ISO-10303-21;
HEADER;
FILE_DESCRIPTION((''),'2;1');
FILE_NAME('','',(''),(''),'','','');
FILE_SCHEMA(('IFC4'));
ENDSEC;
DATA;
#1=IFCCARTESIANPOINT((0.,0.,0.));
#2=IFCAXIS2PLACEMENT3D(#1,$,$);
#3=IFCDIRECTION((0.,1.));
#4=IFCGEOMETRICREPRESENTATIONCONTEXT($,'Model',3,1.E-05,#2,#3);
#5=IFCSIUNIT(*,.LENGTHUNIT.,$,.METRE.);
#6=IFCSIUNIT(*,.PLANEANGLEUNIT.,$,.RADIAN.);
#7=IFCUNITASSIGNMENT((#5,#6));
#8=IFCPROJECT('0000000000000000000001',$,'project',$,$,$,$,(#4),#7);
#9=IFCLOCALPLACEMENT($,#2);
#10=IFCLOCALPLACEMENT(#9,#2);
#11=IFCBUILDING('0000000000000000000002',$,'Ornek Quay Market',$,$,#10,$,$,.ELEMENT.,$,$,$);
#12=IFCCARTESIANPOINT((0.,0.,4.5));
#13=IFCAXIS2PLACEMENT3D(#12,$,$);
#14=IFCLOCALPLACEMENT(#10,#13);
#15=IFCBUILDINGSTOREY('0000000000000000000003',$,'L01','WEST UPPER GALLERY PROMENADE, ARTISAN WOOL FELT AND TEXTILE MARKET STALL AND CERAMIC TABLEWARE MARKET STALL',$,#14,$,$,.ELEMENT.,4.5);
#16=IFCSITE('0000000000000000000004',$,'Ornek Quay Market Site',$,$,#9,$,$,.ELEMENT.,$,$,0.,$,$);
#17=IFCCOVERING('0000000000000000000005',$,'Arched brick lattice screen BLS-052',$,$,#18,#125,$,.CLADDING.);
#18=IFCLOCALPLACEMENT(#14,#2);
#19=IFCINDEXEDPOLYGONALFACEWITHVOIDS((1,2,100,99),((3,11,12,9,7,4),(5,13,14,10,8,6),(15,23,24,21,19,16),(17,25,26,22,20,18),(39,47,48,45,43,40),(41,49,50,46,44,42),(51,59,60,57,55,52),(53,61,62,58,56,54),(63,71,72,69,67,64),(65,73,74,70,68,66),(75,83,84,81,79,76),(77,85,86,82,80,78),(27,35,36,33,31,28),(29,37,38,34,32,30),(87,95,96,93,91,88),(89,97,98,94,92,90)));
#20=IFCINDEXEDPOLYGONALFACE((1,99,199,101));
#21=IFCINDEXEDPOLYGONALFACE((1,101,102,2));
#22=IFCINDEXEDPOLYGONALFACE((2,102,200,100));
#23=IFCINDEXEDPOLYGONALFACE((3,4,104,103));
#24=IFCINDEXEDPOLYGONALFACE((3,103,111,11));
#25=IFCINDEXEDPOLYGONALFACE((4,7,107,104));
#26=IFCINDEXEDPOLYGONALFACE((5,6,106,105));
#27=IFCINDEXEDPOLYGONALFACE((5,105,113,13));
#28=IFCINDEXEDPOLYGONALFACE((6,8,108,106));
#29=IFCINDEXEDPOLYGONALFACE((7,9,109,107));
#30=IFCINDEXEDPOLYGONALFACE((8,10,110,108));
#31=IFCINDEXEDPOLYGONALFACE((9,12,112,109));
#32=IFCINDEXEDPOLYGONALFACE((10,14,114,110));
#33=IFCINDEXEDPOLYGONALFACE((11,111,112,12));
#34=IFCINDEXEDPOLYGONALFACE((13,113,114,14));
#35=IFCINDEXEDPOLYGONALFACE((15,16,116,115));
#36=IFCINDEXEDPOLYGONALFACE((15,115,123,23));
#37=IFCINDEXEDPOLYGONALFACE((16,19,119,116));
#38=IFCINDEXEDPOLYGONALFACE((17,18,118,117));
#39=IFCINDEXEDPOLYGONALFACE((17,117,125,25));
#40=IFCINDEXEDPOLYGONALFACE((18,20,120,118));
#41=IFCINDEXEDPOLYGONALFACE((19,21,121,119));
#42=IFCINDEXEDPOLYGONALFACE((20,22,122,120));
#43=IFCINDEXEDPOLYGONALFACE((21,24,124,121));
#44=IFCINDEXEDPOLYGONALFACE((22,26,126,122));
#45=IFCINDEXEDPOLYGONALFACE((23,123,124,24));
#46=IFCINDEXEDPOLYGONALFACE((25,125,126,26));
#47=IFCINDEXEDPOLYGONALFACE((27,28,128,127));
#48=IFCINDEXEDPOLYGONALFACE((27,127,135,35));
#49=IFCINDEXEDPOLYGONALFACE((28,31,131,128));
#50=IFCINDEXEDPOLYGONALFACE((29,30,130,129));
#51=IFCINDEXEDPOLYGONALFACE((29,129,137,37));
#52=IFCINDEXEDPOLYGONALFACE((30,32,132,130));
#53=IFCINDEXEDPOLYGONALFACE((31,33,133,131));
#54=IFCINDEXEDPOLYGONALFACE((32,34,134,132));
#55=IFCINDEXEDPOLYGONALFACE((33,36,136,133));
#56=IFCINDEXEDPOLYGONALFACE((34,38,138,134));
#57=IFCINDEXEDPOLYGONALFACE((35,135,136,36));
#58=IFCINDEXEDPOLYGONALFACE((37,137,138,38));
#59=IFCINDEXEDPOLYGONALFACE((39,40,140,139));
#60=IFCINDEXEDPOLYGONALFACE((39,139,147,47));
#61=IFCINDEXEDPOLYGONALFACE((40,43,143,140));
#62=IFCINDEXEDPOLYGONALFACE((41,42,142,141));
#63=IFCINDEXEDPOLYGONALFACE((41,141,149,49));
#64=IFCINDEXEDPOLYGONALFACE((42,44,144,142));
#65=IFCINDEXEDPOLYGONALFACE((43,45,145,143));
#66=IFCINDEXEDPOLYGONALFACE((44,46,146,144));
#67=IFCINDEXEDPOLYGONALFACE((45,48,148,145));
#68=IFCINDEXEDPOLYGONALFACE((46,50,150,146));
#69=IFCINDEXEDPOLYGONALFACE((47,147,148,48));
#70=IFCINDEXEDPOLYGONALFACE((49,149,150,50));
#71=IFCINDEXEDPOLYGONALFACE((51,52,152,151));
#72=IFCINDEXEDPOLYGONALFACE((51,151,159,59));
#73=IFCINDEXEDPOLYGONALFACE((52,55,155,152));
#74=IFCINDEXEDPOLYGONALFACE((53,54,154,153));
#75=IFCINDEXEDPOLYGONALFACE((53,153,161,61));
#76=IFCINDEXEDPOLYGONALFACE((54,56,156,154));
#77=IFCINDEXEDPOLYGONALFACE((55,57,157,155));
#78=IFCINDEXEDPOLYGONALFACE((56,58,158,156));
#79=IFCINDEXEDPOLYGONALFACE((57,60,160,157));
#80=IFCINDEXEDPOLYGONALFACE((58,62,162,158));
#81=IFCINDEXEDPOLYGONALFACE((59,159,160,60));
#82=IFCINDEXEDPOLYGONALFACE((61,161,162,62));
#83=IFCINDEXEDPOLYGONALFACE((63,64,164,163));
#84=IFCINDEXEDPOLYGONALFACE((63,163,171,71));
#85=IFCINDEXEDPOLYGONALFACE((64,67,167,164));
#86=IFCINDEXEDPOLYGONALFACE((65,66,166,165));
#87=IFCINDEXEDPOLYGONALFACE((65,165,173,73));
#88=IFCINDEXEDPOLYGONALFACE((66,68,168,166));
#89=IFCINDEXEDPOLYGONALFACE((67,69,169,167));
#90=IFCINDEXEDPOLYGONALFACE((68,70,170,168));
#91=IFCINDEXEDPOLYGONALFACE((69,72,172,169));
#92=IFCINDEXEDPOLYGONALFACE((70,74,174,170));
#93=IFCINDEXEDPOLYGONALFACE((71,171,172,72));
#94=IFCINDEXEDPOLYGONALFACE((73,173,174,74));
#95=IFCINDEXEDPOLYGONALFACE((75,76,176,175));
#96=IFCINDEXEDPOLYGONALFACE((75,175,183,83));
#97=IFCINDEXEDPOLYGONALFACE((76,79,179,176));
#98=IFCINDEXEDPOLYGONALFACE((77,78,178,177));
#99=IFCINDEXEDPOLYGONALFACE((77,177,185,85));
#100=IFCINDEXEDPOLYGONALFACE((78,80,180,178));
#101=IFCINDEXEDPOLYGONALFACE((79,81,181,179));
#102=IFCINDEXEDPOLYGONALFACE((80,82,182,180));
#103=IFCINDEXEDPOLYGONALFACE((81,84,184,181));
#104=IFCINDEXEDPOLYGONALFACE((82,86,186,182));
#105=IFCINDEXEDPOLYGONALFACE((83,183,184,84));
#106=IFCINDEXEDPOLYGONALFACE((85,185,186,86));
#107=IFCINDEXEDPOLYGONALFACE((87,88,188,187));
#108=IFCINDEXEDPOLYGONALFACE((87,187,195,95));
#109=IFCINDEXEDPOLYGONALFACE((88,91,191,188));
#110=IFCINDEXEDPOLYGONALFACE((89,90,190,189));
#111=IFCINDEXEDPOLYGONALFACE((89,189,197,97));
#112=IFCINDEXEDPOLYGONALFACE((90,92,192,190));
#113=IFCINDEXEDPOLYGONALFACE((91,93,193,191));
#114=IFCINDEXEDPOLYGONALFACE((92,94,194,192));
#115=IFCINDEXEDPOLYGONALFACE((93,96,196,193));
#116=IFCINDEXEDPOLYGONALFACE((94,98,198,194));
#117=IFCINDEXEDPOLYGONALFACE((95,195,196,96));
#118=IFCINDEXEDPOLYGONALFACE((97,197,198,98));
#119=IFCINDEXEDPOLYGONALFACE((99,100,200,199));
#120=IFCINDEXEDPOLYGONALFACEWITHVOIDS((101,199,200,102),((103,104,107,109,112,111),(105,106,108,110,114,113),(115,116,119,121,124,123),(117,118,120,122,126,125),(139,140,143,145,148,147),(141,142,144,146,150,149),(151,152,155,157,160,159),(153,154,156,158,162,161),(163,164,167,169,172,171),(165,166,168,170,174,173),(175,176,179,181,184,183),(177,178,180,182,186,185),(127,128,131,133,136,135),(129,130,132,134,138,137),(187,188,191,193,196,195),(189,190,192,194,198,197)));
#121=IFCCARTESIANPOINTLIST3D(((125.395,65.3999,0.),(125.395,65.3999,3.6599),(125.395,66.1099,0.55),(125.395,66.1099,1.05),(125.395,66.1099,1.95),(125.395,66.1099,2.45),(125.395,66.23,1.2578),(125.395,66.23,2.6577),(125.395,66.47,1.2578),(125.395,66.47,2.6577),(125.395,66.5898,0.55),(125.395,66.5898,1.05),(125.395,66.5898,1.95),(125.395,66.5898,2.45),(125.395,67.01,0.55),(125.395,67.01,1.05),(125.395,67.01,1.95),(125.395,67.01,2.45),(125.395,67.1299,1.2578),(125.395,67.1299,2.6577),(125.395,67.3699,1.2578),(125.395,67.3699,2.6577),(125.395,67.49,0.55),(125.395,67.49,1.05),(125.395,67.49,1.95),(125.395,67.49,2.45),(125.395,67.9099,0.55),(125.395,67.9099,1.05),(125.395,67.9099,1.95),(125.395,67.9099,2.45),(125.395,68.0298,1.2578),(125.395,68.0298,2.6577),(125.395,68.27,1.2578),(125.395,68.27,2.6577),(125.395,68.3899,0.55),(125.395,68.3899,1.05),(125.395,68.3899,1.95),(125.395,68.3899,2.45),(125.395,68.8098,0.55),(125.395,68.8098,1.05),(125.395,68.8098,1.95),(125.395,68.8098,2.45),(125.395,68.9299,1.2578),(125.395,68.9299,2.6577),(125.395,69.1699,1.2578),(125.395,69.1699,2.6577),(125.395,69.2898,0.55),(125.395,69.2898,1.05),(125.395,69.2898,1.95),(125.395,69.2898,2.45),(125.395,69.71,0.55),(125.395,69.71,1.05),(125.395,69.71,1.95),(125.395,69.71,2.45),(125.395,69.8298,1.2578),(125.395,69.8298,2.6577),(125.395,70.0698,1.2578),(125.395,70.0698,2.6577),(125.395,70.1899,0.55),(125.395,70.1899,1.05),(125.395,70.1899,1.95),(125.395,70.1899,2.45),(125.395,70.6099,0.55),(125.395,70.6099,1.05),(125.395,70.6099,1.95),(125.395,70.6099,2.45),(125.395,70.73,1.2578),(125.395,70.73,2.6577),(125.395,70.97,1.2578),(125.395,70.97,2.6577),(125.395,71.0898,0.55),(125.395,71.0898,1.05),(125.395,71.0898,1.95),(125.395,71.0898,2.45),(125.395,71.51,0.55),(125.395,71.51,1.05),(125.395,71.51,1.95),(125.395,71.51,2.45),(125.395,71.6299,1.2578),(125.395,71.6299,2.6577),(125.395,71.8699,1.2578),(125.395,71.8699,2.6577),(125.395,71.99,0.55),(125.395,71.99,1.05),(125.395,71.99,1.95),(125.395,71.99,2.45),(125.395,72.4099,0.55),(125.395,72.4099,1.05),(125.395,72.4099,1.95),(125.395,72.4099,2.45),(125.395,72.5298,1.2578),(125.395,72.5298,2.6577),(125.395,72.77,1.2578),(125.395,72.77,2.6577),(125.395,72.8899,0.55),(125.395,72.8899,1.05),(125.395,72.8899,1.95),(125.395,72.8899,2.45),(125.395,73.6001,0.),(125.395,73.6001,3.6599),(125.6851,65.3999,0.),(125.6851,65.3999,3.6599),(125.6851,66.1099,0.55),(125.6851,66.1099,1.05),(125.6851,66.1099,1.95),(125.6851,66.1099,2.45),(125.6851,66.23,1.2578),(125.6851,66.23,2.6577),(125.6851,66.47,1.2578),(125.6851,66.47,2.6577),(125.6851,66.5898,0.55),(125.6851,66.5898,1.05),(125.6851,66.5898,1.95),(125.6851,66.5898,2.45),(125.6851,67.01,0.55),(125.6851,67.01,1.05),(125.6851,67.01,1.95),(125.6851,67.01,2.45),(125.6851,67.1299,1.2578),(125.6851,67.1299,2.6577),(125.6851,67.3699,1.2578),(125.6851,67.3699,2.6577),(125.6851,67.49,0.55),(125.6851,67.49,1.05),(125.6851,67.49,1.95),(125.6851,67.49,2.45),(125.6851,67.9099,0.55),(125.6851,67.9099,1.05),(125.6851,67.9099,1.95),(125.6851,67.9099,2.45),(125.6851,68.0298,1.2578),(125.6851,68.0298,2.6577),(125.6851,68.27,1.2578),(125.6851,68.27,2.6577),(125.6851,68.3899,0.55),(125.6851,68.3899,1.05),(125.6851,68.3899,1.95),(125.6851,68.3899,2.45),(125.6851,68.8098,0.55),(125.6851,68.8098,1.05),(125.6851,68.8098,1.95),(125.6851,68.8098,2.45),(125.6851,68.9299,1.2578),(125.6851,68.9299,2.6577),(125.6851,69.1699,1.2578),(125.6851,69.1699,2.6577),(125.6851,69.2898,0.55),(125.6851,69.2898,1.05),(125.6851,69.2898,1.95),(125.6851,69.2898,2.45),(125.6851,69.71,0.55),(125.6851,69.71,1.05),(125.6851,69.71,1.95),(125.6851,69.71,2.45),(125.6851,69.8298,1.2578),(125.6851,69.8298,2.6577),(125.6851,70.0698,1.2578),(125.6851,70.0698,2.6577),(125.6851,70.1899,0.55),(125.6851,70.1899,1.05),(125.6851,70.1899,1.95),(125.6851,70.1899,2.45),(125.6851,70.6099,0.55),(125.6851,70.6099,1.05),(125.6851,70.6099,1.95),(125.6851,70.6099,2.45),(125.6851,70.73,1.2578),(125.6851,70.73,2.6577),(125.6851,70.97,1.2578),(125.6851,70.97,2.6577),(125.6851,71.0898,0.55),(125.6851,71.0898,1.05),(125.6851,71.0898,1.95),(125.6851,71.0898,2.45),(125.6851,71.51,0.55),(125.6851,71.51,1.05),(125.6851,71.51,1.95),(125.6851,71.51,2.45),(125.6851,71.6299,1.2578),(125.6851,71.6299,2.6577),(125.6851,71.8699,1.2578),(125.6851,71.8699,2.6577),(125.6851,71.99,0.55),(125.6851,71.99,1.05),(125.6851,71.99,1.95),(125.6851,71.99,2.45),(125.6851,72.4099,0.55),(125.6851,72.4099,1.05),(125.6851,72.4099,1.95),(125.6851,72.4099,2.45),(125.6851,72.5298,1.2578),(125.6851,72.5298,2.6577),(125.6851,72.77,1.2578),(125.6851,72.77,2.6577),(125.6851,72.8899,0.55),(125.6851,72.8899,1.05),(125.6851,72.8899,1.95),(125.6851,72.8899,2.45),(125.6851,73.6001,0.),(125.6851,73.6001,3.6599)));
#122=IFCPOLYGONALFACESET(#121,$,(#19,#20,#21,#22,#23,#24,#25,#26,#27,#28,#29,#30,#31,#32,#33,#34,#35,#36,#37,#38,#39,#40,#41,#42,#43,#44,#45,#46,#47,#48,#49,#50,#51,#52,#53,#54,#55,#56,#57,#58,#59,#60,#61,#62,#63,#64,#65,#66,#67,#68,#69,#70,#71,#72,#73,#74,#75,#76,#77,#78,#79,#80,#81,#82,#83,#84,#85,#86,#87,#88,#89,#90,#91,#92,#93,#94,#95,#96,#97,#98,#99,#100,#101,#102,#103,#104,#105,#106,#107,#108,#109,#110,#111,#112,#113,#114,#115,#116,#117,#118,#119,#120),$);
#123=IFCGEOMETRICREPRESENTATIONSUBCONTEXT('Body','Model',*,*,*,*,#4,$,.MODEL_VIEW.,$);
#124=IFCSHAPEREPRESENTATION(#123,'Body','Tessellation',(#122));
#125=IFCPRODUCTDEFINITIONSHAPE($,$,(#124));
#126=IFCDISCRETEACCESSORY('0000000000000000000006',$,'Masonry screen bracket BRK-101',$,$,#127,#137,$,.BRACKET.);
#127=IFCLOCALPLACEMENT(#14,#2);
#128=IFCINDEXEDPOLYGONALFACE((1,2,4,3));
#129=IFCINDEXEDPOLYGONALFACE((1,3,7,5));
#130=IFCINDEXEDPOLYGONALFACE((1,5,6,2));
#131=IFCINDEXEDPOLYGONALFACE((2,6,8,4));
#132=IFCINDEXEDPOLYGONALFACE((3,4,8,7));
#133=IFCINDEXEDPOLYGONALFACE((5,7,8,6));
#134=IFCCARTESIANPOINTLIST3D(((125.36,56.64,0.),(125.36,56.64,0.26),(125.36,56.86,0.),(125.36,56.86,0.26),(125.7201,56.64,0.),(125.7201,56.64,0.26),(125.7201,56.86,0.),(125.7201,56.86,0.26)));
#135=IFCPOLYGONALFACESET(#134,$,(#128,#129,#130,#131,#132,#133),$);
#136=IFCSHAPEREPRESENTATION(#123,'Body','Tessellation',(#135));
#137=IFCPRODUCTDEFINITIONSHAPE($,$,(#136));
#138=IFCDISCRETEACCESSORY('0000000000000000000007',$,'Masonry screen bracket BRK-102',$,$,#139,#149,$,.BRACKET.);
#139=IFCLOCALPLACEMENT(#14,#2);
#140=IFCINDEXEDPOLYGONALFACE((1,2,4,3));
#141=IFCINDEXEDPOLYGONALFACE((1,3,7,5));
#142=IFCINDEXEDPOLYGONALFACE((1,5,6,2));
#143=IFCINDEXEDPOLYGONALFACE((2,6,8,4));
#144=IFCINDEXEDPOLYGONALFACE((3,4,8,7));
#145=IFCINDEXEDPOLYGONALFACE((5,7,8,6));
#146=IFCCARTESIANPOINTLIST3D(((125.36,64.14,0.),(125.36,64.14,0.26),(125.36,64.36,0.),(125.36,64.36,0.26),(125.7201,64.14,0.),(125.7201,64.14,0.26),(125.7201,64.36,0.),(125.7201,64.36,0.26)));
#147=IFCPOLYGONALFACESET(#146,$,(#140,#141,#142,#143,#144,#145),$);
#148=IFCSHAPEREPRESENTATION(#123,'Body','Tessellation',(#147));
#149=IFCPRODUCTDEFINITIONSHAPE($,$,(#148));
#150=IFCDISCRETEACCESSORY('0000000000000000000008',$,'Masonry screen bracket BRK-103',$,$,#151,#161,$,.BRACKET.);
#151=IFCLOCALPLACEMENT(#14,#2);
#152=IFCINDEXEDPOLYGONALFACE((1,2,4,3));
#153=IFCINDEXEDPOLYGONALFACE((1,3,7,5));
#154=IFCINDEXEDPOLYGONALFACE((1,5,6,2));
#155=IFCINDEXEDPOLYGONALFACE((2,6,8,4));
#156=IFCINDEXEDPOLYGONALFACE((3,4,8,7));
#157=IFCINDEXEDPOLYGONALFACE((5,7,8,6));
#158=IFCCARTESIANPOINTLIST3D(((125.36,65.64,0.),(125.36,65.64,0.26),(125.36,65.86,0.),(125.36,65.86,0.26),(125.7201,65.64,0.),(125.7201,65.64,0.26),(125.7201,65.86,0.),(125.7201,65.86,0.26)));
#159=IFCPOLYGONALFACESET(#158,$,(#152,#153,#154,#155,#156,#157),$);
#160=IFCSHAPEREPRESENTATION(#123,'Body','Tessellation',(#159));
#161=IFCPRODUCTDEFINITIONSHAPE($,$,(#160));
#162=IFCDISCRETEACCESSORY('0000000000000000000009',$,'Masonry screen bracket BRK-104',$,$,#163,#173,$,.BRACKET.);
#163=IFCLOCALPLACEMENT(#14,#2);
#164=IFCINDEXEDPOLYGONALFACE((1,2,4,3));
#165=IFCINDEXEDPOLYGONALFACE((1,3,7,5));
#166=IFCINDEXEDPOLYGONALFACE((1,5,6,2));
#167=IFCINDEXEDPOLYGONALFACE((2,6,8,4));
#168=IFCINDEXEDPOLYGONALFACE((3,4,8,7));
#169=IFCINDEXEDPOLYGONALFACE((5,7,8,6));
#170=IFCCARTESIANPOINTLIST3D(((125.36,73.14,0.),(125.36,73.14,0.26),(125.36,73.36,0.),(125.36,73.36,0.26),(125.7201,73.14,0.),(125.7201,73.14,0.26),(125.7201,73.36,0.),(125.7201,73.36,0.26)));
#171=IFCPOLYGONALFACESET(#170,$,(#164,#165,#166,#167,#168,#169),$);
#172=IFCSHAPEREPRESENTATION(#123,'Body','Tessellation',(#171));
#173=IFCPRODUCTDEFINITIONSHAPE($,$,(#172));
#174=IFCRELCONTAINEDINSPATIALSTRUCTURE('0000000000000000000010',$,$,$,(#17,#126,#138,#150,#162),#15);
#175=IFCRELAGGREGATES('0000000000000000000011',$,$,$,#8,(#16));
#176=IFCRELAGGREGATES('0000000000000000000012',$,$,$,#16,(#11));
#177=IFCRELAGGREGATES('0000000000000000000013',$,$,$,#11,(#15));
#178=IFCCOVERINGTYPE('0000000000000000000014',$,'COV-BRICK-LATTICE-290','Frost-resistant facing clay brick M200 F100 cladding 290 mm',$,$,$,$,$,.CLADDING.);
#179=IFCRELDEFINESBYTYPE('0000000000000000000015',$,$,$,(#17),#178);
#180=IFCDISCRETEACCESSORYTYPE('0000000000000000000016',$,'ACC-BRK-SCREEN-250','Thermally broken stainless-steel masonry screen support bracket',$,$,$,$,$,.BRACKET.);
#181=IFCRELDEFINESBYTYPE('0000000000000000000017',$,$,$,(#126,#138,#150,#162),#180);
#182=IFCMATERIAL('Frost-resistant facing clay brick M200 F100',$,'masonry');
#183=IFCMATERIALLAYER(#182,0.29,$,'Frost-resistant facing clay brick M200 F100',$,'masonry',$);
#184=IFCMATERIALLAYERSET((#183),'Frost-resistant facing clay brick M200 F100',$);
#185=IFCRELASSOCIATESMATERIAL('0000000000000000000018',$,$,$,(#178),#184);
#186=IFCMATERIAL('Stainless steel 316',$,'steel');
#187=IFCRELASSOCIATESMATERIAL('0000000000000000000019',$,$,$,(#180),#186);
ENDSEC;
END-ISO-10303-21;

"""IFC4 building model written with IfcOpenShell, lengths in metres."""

from ifc_helpers import new_model, si_unit, direction, frame, origin, origin_2d, place, context, subcontext, project, spatial, polyline, rectangle, outline, extrude, material, layer, layer_set, type_object, element, save


model = new_model("IFC4")

# Units and contexts
model_context = context("Model", 3, precision=1e-05, world=origin(), true_north=direction((0.0, 1.0)))
body_context = subcontext(model_context, "Body", "Model", "MODEL_VIEW")
ifc_project = project(units=[si_unit("LENGTHUNIT", "METRE"), si_unit("PLANEANGLEUNIT", "RADIAN")], contexts=[model_context])

# Site, building, storey
site_placement = place(None, origin())
site = spatial("IfcSite", under=ifc_project, at=site_placement, Name="Ornek Quay Market Site", CompositionType="ELEMENT", RefElevation=0.0)
building_placement = place(site_placement, origin())
building = spatial("IfcBuilding", under=site, at=building_placement, Name="Ornek Quay Market", CompositionType="ELEMENT")
storey_placement = place(building_placement, frame((0.0, 0.0, 4.5)))
storey = spatial("IfcBuildingStorey", under=building, at=storey_placement, Name="L01", Description="WEST UPPER GALLERY PROMENADE, ARTISAN WOOL FELT AND TEXTILE MARKET STALL AND CERAMIC TABLEWARE MARKET STALL", CompositionType="ELEMENT", Elevation=4.5)

# Shared definitions
ifc_material_1 = material(Name="Frost-resistant facing clay brick M200 F100", Category="masonry")

# Covering
ifc_layer_1 = layer(ifc_material_1, 0.29, Name="Frost-resistant facing clay brick M200 F100", Category="masonry")
ifc_layer_set_1 = layer_set([ifc_layer_1], Name="Frost-resistant facing clay brick M200 F100")
covering_type = type_object("IfcCoveringType", Name="COV-BRICK-LATTICE-290", Description="Frost-resistant facing clay brick M200 F100 cladding 290 mm", PredefinedType="CLADDING", material=ifc_layer_set_1)
covering_1_placement = place(storey_placement, frame((125.54, 65.3999, 0.0), z_axis=(0.0, 0.0, 1.0), x_axis=(0.0, 1.0, 0.0)))
element("IfcCovering", 1, at=covering_1_placement, inside=storey, type_object=covering_type, Name="Arched brick lattice screen BLS-052", PredefinedType="CLADDING", context=body_context, shape_type="SweptSolid", body=[
    extrude(outline(polyline([(0.0, 0.0), (8.2002, 0.0), (8.2002, 3.6599), (0.0, 3.6599), (0.0, 0.0)]), holes=[polyline([(0.71, 0.55), (1.1899, 0.55), (1.1899, 1.05), (1.0701, 1.2578), (0.8301, 1.2578), (0.71, 1.05), (0.71, 0.55)]), polyline([(0.71, 1.95), (1.1899, 1.95), (1.1899, 2.45), (1.0701, 2.6577), (0.8301, 2.6577), (0.71, 2.45), (0.71, 1.95)]), polyline([(1.6101, 0.55), (2.0901, 0.55), (2.0901, 1.05), (1.97, 1.2578), (1.73, 1.2578), (1.6101, 1.05), (1.6101, 0.55)]), polyline([(1.6101, 1.95), (2.0901, 1.95), (2.0901, 2.45), (1.97, 2.6577), (1.73, 2.6577), (1.6101, 2.45), (1.6101, 1.95)]), polyline([(2.51, 0.55), (2.99, 0.55), (2.99, 1.05), (2.8701, 1.2578), (2.6299, 1.2578), (2.51, 1.05), (2.51, 0.55)]), polyline([(2.51, 1.95), (2.99, 1.95), (2.99, 2.45), (2.8701, 2.6577), (2.6299, 2.6577), (2.51, 2.45), (2.51, 1.95)]), polyline([(3.4099, 0.55), (3.8899, 0.55), (3.8899, 1.05), (3.77, 1.2578), (3.53, 1.2578), (3.4099, 1.05), (3.4099, 0.55)]), polyline([(3.4099, 1.95), (3.8899, 1.95), (3.8899, 2.45), (3.77, 2.6577), (3.53, 2.6577), (3.4099, 2.45), (3.4099, 1.95)]), polyline([(4.3101, 0.55), (4.79, 0.55), (4.79, 1.05), (4.6699, 1.2578), (4.4299, 1.2578), (4.3101, 1.05), (4.3101, 0.55)]), polyline([(4.3101, 1.95), (4.79, 1.95), (4.79, 2.45), (4.6699, 2.6577), (4.4299, 2.6577), (4.3101, 2.45), (4.3101, 1.95)]), polyline([(5.21, 0.55), (5.6899, 0.55), (5.6899, 1.05), (5.5701, 1.2578), (5.3301, 1.2578), (5.21, 1.05), (5.21, 0.55)]), polyline([(5.21, 1.95), (5.6899, 1.95), (5.6899, 2.45), (5.5701, 2.6577), (5.3301, 2.6577), (5.21, 2.45), (5.21, 1.95)]), polyline([(6.1101, 0.55), (6.5901, 0.55), (6.5901, 1.05), (6.47, 1.2578), (6.23, 1.2578), (6.1101, 1.05), (6.1101, 0.55)]), polyline([(6.1101, 1.95), (6.5901, 1.95), (6.5901, 2.45), (6.47, 2.6577), (6.23, 2.6577), (6.1101, 2.45), (6.1101, 1.95)]), polyline([(7.01, 0.55), (7.49, 0.55), (7.49, 1.05), (7.3701, 1.2578), (7.1299, 1.2578), (7.01, 1.05), (7.01, 0.55)]), polyline([(7.01, 1.95), (7.49, 1.95), (7.49, 2.45), (7.3701, 2.6577), (7.1299, 2.6577), (7.01, 2.45), (7.01, 1.95)])]), frame((0.0, 0.145, 0.0), z_axis=(0.0, -1.0, 0.0), x_axis=(1.0, 0.0, 0.0)), (0.0, 0.0, 1.0), 0.29),
])

# Discrete accessories
ifc_material_2 = material(Name="Stainless steel 316", Category="steel")
discrete_accessory_type = type_object("IfcDiscreteAccessoryType", Name="ACC-BRK-SCREEN-250", Description="Thermally broken stainless-steel masonry screen support bracket", PredefinedType="BRACKET", material=ifc_material_2)
for number, where, z_axis, x_axis, name in (
    (2, (125.54, 56.75, 0.0), (0.0, 0.0, 1.0), (0.0, 1.0, 0.0), "Masonry screen bracket BRK-101"),
    (3, (125.54, 64.25, 0.0), (0.0, 0.0, 1.0), (0.0, 1.0, 0.0), "Masonry screen bracket BRK-102"),
    (4, (125.54, 65.75, 0.0), (0.0, 0.0, 1.0), (0.0, 1.0, 0.0), "Masonry screen bracket BRK-103"),
    (5, (125.54, 73.25, 0.0), (0.0, 0.0, 1.0), (0.0, 1.0, 0.0), "Masonry screen bracket BRK-104"),
):
    element("IfcDiscreteAccessory", number, at=place(storey_placement, frame(where, z_axis=z_axis, x_axis=x_axis)), inside=storey, type_object=discrete_accessory_type, Name=name, PredefinedType="BRACKET", context=body_context, shape_type="SweptSolid", body=[
        extrude(rectangle(XDim=0.22, YDim=0.3601, at=origin_2d()), origin(), (0.0, 0.0, 1.0), 0.26),
    ])

save(model, "model.ifc")
